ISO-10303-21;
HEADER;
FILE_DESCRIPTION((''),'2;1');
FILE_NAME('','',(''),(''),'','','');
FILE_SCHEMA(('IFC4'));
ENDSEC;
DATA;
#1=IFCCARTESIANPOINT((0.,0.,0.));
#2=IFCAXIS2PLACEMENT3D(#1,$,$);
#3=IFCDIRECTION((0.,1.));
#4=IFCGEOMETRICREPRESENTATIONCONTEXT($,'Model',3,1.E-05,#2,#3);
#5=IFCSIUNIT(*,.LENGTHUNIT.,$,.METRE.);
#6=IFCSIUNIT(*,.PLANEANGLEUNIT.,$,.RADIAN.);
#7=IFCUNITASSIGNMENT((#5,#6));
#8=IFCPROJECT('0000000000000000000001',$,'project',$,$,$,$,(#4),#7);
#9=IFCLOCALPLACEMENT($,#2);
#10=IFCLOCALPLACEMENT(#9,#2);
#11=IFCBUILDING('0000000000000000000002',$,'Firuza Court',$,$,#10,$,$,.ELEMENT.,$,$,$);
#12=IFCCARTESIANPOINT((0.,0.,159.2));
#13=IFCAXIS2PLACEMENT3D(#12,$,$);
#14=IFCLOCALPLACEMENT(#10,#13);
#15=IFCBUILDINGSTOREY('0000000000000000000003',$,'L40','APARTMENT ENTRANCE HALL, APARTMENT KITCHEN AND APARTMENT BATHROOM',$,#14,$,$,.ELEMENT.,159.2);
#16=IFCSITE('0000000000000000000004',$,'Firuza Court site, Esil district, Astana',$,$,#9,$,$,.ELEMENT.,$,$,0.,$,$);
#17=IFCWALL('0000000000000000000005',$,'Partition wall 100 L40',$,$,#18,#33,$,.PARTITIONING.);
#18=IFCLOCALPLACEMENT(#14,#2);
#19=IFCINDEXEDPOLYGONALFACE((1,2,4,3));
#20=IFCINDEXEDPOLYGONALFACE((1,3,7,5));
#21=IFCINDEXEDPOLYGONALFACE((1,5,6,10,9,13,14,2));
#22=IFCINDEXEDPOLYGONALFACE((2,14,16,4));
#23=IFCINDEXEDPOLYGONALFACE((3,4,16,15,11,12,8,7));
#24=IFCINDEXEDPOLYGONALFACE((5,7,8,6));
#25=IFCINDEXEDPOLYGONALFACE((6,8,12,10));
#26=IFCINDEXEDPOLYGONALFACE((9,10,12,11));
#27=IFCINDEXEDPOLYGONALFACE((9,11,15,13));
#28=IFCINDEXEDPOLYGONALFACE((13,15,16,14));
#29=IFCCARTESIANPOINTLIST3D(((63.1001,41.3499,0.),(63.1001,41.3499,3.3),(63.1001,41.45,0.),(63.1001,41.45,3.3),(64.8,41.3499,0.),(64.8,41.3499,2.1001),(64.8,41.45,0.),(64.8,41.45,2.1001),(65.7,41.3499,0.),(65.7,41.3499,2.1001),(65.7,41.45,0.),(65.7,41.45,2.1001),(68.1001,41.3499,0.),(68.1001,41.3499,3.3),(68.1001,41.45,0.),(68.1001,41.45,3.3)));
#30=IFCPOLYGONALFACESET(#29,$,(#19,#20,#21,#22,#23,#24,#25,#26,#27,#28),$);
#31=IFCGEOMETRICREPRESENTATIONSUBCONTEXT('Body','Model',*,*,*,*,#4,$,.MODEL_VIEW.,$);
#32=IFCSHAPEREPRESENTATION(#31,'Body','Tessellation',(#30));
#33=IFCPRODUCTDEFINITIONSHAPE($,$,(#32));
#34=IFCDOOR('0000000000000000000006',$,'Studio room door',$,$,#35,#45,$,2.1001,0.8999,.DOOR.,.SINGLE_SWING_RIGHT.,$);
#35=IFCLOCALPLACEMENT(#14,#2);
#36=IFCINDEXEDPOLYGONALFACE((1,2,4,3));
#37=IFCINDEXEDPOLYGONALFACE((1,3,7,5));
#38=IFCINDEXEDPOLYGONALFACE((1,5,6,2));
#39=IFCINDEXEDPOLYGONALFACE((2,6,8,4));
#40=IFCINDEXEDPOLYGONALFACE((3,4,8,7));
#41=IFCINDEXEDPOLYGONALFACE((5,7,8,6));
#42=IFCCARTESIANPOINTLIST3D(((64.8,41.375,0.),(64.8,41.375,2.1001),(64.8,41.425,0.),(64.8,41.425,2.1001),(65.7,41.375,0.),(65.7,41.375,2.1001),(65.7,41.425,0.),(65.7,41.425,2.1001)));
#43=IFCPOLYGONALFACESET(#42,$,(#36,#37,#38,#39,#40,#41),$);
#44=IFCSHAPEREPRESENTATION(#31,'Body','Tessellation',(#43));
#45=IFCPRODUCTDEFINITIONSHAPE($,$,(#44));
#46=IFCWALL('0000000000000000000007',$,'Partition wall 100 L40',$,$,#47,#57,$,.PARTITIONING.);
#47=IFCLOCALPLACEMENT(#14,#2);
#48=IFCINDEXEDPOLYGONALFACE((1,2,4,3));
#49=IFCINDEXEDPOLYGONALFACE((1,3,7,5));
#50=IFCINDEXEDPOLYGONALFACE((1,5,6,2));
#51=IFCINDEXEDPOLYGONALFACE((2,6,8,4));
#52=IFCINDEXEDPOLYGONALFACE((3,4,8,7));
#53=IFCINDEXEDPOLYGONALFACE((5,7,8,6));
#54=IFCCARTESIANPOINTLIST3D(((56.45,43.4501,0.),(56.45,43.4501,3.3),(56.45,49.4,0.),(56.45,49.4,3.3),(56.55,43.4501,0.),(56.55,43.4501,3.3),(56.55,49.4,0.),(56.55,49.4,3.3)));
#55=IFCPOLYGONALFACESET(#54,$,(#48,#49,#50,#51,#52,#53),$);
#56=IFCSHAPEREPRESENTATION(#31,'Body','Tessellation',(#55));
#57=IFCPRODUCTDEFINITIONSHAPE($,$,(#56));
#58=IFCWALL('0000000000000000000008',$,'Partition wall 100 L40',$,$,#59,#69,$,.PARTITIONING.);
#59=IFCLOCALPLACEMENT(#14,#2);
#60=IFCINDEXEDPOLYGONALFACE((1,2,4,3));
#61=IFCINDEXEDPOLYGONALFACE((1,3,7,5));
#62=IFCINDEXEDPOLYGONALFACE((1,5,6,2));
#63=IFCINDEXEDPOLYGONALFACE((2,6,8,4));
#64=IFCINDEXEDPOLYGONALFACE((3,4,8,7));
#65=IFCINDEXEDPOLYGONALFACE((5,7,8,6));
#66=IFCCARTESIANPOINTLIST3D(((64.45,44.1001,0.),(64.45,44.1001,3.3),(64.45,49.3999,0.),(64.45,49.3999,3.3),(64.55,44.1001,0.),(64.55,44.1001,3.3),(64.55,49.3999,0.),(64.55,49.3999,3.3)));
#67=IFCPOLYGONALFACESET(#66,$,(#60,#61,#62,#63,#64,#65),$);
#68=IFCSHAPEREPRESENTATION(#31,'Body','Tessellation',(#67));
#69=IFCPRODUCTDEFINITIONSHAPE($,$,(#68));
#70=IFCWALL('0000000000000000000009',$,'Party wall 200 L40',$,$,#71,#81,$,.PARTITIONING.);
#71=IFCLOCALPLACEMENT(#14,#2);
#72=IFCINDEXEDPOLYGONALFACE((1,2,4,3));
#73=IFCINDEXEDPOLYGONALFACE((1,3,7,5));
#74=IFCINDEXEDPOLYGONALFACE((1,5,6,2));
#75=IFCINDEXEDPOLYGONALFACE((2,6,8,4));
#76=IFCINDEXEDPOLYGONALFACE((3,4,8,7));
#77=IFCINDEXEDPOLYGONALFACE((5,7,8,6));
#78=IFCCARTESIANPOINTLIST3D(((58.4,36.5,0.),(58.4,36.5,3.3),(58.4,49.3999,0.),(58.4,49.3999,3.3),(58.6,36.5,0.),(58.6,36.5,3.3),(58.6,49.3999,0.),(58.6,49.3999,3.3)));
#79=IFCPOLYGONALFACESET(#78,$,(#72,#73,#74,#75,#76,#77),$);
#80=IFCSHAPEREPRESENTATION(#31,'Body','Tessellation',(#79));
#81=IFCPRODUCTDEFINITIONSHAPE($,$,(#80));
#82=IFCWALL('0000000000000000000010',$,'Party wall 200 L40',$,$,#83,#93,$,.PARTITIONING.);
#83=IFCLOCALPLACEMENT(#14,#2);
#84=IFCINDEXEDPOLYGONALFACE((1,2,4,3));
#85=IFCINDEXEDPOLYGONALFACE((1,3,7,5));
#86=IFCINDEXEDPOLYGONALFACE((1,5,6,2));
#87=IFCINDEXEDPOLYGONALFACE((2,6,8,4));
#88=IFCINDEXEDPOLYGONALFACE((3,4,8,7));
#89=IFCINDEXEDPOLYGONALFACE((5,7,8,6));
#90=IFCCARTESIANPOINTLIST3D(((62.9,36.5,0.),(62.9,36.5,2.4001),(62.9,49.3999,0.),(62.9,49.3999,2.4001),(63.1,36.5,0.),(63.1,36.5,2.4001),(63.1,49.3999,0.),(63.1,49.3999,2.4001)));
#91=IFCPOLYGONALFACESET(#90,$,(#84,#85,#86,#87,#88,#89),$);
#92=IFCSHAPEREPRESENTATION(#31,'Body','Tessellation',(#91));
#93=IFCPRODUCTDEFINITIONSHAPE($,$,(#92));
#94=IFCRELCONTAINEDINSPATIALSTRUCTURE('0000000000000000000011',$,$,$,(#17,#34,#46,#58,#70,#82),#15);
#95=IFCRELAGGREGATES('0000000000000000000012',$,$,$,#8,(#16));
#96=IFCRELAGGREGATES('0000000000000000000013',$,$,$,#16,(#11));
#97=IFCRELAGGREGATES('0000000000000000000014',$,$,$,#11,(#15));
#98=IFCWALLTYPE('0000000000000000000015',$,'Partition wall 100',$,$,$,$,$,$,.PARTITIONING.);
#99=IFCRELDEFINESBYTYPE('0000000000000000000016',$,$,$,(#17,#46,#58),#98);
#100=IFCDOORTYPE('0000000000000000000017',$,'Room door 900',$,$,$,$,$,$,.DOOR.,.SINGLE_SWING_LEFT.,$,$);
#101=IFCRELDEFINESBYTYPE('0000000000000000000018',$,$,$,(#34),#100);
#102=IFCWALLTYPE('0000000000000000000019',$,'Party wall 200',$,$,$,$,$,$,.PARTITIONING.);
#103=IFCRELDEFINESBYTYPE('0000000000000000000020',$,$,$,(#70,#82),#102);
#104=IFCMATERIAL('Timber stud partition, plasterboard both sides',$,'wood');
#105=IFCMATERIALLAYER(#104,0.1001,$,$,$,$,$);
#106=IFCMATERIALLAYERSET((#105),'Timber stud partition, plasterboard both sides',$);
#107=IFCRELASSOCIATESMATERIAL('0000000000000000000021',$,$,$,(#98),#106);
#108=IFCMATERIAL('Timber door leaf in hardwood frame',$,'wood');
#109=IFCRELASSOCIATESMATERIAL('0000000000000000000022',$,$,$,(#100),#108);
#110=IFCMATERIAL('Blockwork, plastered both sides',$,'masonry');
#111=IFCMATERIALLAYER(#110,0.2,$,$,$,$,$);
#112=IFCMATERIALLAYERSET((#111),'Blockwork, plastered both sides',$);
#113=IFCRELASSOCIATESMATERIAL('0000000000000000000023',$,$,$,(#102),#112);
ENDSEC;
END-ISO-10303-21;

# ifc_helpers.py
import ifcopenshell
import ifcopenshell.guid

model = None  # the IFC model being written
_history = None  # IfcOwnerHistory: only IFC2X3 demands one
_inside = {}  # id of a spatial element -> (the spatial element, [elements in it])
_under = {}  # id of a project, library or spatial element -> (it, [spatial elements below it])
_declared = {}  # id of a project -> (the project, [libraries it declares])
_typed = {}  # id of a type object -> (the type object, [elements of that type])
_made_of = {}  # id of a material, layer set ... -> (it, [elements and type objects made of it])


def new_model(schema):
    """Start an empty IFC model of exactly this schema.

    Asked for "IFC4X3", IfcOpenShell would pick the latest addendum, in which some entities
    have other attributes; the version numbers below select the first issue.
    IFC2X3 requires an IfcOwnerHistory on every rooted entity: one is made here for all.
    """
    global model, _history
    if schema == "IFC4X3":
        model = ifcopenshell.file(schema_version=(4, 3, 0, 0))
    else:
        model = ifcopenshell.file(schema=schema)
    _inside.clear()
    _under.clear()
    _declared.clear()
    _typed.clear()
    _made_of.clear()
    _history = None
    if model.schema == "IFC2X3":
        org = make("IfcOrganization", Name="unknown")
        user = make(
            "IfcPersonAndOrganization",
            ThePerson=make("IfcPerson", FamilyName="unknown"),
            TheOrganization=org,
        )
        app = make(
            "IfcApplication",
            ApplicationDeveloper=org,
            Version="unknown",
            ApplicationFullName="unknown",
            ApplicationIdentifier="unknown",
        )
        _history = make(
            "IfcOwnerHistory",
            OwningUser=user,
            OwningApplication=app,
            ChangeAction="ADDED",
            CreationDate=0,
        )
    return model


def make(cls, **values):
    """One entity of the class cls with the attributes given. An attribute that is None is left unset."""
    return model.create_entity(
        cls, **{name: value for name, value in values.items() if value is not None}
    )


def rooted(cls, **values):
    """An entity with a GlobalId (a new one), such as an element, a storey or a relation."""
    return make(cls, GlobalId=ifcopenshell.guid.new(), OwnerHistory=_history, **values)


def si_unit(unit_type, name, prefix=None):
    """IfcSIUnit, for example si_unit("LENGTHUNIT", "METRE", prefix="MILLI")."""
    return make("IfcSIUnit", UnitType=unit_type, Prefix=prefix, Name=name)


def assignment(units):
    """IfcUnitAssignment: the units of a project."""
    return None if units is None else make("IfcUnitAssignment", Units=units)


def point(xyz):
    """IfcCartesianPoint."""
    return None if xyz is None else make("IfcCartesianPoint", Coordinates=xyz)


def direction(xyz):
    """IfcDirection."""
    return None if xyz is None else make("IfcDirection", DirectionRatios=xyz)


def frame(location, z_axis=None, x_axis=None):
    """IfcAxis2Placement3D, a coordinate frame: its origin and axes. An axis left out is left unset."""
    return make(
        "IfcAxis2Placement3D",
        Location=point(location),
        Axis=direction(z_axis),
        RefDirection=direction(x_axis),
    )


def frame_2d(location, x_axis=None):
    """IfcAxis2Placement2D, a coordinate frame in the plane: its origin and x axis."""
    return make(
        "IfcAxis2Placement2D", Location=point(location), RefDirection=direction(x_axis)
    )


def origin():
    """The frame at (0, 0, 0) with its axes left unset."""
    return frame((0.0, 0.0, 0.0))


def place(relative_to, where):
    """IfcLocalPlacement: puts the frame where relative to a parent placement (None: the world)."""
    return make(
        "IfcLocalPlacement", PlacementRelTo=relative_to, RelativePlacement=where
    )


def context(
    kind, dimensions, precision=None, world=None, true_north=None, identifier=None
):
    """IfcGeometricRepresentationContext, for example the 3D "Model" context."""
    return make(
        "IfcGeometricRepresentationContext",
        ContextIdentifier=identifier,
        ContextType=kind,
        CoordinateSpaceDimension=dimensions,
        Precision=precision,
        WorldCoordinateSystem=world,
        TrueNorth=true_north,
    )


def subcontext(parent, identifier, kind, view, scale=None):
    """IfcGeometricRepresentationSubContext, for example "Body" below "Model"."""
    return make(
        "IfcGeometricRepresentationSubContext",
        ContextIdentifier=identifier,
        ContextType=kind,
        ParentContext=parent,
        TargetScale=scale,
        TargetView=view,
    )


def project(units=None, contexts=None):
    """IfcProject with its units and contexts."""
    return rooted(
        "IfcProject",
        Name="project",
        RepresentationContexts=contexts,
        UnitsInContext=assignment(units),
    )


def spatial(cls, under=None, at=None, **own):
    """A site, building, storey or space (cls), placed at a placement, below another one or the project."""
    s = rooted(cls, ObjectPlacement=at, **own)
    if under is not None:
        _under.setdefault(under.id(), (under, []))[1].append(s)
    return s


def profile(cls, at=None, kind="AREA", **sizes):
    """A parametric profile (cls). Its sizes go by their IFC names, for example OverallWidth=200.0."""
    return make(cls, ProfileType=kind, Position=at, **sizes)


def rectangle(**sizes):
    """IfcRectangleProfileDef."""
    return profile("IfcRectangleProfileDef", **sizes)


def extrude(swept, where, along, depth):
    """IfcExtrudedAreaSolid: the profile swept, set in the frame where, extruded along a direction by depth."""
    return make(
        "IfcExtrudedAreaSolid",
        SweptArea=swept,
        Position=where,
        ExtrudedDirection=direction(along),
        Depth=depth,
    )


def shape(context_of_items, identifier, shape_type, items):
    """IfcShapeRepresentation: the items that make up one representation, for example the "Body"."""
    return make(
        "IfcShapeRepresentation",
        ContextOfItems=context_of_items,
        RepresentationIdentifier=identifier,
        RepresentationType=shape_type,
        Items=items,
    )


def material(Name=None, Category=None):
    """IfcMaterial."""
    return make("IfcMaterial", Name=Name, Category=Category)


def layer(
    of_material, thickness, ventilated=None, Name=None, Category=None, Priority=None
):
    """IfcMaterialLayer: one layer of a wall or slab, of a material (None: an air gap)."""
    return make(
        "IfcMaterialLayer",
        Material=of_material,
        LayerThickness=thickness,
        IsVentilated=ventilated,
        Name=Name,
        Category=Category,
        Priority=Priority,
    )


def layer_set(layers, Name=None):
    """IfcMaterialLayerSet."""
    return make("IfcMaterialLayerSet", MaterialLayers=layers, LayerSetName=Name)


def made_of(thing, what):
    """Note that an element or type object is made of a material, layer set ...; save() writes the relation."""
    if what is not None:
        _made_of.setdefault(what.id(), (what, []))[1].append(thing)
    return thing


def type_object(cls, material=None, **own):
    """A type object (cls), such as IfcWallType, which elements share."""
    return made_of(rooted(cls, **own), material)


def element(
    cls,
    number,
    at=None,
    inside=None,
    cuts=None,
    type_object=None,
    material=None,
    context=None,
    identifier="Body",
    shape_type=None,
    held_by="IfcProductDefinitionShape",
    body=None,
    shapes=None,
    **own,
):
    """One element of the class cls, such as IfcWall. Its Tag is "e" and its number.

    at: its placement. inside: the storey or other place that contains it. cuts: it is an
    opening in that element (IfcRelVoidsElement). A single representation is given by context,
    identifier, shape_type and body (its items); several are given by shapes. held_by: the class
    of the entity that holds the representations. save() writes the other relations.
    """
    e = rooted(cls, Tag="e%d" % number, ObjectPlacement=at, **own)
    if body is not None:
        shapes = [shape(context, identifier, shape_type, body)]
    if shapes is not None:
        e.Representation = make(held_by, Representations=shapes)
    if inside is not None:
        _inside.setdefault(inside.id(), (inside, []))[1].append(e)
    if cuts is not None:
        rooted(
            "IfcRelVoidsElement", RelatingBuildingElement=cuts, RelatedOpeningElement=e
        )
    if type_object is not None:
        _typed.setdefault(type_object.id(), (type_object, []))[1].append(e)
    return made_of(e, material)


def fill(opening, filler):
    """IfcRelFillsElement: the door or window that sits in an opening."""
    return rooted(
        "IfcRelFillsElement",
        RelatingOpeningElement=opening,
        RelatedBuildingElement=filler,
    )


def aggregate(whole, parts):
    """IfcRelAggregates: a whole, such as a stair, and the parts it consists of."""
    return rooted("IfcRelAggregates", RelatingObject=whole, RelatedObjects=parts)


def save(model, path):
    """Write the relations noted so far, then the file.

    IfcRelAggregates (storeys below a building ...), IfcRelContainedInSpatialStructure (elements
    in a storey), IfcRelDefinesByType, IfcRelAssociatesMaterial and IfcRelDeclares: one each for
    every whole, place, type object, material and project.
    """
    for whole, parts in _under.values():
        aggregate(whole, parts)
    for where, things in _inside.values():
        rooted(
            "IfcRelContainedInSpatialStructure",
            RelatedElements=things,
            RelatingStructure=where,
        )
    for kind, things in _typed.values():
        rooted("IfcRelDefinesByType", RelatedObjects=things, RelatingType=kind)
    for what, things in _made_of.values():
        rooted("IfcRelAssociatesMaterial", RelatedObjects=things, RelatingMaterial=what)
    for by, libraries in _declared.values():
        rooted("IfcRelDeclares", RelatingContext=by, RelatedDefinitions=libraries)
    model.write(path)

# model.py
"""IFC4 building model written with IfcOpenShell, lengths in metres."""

from ifc_helpers import new_model, si_unit, direction, frame, frame_2d, origin, place, context, subcontext, project, spatial, rectangle, extrude, material, layer, layer_set, type_object, element, fill, save


model = new_model("IFC4")

# Units and contexts
model_context = context("Model", 3, precision=1e-05, world=origin(), true_north=direction((0.0, 1.0)))
body_context = subcontext(model_context, "Body", "Model", "MODEL_VIEW")
ifc_project = project(units=[si_unit("LENGTHUNIT", "METRE"), si_unit("PLANEANGLEUNIT", "RADIAN")], contexts=[model_context])

# Site, building, storey
site_placement = place(None, origin())
site = spatial("IfcSite", under=ifc_project, at=site_placement, Name="Firuza Court site, Esil district, Astana", CompositionType="ELEMENT", RefElevation=0.0)
building_placement = place(site_placement, origin())
building = spatial("IfcBuilding", under=site, at=building_placement, Name="Firuza Court", CompositionType="ELEMENT")
storey_placement = place(building_placement, frame((0.0, 0.0, 159.2)))
storey = spatial("IfcBuildingStorey", under=building, at=storey_placement, Name="L40", Description="APARTMENT ENTRANCE HALL, APARTMENT KITCHEN AND APARTMENT BATHROOM", CompositionType="ELEMENT", Elevation=159.2)

# Wall, opening, door
ifc_material_1 = material(Name="Blockwork, plastered both sides", Category="masonry")
ifc_material_2 = material(Name="Timber stud partition, plasterboard both sides", Category="wood")
ifc_layer_1 = layer(ifc_material_2, 0.1001)
ifc_layer_set_1 = layer_set([ifc_layer_1], Name="Timber stud partition, plasterboard both sides")
wall_type_1 = type_object("IfcWallType", Name="Partition wall 100", PredefinedType="PARTITIONING", material=ifc_layer_set_1)
ifc_material_3 = material(Name="Timber door leaf in hardwood frame", Category="wood")
door_type_1 = type_object("IfcDoorType", Name="Room door 900", OperationType="SINGLE_SWING_LEFT", PredefinedType="DOOR", material=ifc_material_3)
wall_1_placement = place(storey_placement, frame((63.1001, 41.3999, 0.0), z_axis=(0.0, 0.0, 1.0), x_axis=(1.0, 0.0, 0.0)))
wall_1 = element("IfcWall", 1, at=wall_1_placement, inside=storey, type_object=wall_type_1, Name="Partition wall 100 L40", PredefinedType="PARTITIONING", context=body_context, shape_type="SweptSolid", body=[
    extrude(rectangle(XDim=5.0, YDim=0.1001, at=frame_2d((2.5, 0.0))), origin(), (0.0, 0.0, 1.0), 3.3),
])
opening_1_placement = place(wall_1_placement, frame((1.7, 0.0, 0.0)))
opening_1 = element("IfcOpeningElement", 2, at=opening_1_placement, cuts=wall_1, PredefinedType="OPENING", context=body_context, shape_type="SweptSolid", body=[
    extrude(rectangle(XDim=0.8999, YDim=2.1001, at=frame_2d((0.45, 1.05))), frame((0.0, 0.062, 0.0), z_axis=(0.0, -1.0, 0.0), x_axis=(1.0, 0.0, 0.0)), (0.0, 0.0, 1.0), 0.124),
])
door_1_placement = place(opening_1_placement, frame((0.8999, 0.0, 0.0), z_axis=(0.0, 0.0, 1.0), x_axis=(-1.0, 0.0, 0.0)))
door_1 = element("IfcDoor", 3, at=door_1_placement, inside=storey, type_object=door_type_1, Name="Studio room door", OperationType="SINGLE_SWING_RIGHT", OverallHeight=2.1001, OverallWidth=0.8999, PredefinedType="DOOR", context=body_context, shape_type="SweptSolid", body=[
    extrude(rectangle(XDim=0.8999, YDim=2.1001, at=frame_2d((0.45, 1.05))), frame((0.0, 0.0249, 0.0), z_axis=(0.0, -1.0, 0.0), x_axis=(1.0, 0.0, 0.0)), (0.0, 0.0, 1.0), 0.05),
])
fill(opening_1, door_1)

# Walls
wall_2_placement = place(storey_placement, frame((56.5, 43.45, 0.0), z_axis=(0.0, 0.0, 1.0), x_axis=(0.0, 1.0, 0.0)))
element("IfcWall", 4, at=wall_2_placement, inside=storey, type_object=wall_type_1, Name="Partition wall 100 L40", PredefinedType="PARTITIONING", context=body_context, shape_type="SweptSolid", body=[
    extrude(rectangle(XDim=5.95, YDim=0.1001, at=frame_2d((2.9751, 0.0))), origin(), (0.0, 0.0, 1.0), 3.3),
])
wall_3_placement = place(storey_placement, frame((64.5, 44.1001, 0.0), z_axis=(0.0, 0.0, 1.0), x_axis=(0.0, 1.0, 0.0)))
element("IfcWall", 5, at=wall_3_placement, inside=storey, type_object=wall_type_1, Name="Partition wall 100 L40", PredefinedType="PARTITIONING", context=body_context, shape_type="SweptSolid", body=[
    extrude(rectangle(XDim=5.2998, YDim=0.1001, at=frame_2d((2.6499, 0.0))), origin(), (0.0, 0.0, 1.0), 3.3),
])
ifc_layer_2 = layer(ifc_material_1, 0.2)
ifc_layer_set_2 = layer_set([ifc_layer_2], Name="Blockwork, plastered both sides")
wall_type_2 = type_object("IfcWallType", Name="Party wall 200", PredefinedType="PARTITIONING", material=ifc_layer_set_2)
wall_4_placement = place(storey_placement, frame((58.5, 36.5, 0.0), z_axis=(0.0, 0.0, 1.0), x_axis=(0.0, 1.0, 0.0)))
element("IfcWall", 6, at=wall_4_placement, inside=storey, type_object=wall_type_2, Name="Party wall 200 L40", PredefinedType="PARTITIONING", context=body_context, shape_type="SweptSolid", body=[
    extrude(rectangle(XDim=12.8999, YDim=0.2, at=frame_2d((6.45, 0.0))), origin(), (0.0, 0.0, 1.0), 3.3),
])
wall_5_placement = place(storey_placement, frame((63.0, 36.5, 0.0), z_axis=(0.0, 0.0, 1.0), x_axis=(0.0, 1.0, 0.0)))
element("IfcWall", 7, at=wall_5_placement, inside=storey, type_object=wall_type_2, Name="Party wall 200 L40", PredefinedType="PARTITIONING", context=body_context, shape_type="SweptSolid", body=[
    extrude(rectangle(XDim=12.8999, YDim=0.2, at=frame_2d((6.45, 0.0))), origin(), (0.0, 0.0, 1.0), 2.4001),
])

save(model, "model.ifc")
